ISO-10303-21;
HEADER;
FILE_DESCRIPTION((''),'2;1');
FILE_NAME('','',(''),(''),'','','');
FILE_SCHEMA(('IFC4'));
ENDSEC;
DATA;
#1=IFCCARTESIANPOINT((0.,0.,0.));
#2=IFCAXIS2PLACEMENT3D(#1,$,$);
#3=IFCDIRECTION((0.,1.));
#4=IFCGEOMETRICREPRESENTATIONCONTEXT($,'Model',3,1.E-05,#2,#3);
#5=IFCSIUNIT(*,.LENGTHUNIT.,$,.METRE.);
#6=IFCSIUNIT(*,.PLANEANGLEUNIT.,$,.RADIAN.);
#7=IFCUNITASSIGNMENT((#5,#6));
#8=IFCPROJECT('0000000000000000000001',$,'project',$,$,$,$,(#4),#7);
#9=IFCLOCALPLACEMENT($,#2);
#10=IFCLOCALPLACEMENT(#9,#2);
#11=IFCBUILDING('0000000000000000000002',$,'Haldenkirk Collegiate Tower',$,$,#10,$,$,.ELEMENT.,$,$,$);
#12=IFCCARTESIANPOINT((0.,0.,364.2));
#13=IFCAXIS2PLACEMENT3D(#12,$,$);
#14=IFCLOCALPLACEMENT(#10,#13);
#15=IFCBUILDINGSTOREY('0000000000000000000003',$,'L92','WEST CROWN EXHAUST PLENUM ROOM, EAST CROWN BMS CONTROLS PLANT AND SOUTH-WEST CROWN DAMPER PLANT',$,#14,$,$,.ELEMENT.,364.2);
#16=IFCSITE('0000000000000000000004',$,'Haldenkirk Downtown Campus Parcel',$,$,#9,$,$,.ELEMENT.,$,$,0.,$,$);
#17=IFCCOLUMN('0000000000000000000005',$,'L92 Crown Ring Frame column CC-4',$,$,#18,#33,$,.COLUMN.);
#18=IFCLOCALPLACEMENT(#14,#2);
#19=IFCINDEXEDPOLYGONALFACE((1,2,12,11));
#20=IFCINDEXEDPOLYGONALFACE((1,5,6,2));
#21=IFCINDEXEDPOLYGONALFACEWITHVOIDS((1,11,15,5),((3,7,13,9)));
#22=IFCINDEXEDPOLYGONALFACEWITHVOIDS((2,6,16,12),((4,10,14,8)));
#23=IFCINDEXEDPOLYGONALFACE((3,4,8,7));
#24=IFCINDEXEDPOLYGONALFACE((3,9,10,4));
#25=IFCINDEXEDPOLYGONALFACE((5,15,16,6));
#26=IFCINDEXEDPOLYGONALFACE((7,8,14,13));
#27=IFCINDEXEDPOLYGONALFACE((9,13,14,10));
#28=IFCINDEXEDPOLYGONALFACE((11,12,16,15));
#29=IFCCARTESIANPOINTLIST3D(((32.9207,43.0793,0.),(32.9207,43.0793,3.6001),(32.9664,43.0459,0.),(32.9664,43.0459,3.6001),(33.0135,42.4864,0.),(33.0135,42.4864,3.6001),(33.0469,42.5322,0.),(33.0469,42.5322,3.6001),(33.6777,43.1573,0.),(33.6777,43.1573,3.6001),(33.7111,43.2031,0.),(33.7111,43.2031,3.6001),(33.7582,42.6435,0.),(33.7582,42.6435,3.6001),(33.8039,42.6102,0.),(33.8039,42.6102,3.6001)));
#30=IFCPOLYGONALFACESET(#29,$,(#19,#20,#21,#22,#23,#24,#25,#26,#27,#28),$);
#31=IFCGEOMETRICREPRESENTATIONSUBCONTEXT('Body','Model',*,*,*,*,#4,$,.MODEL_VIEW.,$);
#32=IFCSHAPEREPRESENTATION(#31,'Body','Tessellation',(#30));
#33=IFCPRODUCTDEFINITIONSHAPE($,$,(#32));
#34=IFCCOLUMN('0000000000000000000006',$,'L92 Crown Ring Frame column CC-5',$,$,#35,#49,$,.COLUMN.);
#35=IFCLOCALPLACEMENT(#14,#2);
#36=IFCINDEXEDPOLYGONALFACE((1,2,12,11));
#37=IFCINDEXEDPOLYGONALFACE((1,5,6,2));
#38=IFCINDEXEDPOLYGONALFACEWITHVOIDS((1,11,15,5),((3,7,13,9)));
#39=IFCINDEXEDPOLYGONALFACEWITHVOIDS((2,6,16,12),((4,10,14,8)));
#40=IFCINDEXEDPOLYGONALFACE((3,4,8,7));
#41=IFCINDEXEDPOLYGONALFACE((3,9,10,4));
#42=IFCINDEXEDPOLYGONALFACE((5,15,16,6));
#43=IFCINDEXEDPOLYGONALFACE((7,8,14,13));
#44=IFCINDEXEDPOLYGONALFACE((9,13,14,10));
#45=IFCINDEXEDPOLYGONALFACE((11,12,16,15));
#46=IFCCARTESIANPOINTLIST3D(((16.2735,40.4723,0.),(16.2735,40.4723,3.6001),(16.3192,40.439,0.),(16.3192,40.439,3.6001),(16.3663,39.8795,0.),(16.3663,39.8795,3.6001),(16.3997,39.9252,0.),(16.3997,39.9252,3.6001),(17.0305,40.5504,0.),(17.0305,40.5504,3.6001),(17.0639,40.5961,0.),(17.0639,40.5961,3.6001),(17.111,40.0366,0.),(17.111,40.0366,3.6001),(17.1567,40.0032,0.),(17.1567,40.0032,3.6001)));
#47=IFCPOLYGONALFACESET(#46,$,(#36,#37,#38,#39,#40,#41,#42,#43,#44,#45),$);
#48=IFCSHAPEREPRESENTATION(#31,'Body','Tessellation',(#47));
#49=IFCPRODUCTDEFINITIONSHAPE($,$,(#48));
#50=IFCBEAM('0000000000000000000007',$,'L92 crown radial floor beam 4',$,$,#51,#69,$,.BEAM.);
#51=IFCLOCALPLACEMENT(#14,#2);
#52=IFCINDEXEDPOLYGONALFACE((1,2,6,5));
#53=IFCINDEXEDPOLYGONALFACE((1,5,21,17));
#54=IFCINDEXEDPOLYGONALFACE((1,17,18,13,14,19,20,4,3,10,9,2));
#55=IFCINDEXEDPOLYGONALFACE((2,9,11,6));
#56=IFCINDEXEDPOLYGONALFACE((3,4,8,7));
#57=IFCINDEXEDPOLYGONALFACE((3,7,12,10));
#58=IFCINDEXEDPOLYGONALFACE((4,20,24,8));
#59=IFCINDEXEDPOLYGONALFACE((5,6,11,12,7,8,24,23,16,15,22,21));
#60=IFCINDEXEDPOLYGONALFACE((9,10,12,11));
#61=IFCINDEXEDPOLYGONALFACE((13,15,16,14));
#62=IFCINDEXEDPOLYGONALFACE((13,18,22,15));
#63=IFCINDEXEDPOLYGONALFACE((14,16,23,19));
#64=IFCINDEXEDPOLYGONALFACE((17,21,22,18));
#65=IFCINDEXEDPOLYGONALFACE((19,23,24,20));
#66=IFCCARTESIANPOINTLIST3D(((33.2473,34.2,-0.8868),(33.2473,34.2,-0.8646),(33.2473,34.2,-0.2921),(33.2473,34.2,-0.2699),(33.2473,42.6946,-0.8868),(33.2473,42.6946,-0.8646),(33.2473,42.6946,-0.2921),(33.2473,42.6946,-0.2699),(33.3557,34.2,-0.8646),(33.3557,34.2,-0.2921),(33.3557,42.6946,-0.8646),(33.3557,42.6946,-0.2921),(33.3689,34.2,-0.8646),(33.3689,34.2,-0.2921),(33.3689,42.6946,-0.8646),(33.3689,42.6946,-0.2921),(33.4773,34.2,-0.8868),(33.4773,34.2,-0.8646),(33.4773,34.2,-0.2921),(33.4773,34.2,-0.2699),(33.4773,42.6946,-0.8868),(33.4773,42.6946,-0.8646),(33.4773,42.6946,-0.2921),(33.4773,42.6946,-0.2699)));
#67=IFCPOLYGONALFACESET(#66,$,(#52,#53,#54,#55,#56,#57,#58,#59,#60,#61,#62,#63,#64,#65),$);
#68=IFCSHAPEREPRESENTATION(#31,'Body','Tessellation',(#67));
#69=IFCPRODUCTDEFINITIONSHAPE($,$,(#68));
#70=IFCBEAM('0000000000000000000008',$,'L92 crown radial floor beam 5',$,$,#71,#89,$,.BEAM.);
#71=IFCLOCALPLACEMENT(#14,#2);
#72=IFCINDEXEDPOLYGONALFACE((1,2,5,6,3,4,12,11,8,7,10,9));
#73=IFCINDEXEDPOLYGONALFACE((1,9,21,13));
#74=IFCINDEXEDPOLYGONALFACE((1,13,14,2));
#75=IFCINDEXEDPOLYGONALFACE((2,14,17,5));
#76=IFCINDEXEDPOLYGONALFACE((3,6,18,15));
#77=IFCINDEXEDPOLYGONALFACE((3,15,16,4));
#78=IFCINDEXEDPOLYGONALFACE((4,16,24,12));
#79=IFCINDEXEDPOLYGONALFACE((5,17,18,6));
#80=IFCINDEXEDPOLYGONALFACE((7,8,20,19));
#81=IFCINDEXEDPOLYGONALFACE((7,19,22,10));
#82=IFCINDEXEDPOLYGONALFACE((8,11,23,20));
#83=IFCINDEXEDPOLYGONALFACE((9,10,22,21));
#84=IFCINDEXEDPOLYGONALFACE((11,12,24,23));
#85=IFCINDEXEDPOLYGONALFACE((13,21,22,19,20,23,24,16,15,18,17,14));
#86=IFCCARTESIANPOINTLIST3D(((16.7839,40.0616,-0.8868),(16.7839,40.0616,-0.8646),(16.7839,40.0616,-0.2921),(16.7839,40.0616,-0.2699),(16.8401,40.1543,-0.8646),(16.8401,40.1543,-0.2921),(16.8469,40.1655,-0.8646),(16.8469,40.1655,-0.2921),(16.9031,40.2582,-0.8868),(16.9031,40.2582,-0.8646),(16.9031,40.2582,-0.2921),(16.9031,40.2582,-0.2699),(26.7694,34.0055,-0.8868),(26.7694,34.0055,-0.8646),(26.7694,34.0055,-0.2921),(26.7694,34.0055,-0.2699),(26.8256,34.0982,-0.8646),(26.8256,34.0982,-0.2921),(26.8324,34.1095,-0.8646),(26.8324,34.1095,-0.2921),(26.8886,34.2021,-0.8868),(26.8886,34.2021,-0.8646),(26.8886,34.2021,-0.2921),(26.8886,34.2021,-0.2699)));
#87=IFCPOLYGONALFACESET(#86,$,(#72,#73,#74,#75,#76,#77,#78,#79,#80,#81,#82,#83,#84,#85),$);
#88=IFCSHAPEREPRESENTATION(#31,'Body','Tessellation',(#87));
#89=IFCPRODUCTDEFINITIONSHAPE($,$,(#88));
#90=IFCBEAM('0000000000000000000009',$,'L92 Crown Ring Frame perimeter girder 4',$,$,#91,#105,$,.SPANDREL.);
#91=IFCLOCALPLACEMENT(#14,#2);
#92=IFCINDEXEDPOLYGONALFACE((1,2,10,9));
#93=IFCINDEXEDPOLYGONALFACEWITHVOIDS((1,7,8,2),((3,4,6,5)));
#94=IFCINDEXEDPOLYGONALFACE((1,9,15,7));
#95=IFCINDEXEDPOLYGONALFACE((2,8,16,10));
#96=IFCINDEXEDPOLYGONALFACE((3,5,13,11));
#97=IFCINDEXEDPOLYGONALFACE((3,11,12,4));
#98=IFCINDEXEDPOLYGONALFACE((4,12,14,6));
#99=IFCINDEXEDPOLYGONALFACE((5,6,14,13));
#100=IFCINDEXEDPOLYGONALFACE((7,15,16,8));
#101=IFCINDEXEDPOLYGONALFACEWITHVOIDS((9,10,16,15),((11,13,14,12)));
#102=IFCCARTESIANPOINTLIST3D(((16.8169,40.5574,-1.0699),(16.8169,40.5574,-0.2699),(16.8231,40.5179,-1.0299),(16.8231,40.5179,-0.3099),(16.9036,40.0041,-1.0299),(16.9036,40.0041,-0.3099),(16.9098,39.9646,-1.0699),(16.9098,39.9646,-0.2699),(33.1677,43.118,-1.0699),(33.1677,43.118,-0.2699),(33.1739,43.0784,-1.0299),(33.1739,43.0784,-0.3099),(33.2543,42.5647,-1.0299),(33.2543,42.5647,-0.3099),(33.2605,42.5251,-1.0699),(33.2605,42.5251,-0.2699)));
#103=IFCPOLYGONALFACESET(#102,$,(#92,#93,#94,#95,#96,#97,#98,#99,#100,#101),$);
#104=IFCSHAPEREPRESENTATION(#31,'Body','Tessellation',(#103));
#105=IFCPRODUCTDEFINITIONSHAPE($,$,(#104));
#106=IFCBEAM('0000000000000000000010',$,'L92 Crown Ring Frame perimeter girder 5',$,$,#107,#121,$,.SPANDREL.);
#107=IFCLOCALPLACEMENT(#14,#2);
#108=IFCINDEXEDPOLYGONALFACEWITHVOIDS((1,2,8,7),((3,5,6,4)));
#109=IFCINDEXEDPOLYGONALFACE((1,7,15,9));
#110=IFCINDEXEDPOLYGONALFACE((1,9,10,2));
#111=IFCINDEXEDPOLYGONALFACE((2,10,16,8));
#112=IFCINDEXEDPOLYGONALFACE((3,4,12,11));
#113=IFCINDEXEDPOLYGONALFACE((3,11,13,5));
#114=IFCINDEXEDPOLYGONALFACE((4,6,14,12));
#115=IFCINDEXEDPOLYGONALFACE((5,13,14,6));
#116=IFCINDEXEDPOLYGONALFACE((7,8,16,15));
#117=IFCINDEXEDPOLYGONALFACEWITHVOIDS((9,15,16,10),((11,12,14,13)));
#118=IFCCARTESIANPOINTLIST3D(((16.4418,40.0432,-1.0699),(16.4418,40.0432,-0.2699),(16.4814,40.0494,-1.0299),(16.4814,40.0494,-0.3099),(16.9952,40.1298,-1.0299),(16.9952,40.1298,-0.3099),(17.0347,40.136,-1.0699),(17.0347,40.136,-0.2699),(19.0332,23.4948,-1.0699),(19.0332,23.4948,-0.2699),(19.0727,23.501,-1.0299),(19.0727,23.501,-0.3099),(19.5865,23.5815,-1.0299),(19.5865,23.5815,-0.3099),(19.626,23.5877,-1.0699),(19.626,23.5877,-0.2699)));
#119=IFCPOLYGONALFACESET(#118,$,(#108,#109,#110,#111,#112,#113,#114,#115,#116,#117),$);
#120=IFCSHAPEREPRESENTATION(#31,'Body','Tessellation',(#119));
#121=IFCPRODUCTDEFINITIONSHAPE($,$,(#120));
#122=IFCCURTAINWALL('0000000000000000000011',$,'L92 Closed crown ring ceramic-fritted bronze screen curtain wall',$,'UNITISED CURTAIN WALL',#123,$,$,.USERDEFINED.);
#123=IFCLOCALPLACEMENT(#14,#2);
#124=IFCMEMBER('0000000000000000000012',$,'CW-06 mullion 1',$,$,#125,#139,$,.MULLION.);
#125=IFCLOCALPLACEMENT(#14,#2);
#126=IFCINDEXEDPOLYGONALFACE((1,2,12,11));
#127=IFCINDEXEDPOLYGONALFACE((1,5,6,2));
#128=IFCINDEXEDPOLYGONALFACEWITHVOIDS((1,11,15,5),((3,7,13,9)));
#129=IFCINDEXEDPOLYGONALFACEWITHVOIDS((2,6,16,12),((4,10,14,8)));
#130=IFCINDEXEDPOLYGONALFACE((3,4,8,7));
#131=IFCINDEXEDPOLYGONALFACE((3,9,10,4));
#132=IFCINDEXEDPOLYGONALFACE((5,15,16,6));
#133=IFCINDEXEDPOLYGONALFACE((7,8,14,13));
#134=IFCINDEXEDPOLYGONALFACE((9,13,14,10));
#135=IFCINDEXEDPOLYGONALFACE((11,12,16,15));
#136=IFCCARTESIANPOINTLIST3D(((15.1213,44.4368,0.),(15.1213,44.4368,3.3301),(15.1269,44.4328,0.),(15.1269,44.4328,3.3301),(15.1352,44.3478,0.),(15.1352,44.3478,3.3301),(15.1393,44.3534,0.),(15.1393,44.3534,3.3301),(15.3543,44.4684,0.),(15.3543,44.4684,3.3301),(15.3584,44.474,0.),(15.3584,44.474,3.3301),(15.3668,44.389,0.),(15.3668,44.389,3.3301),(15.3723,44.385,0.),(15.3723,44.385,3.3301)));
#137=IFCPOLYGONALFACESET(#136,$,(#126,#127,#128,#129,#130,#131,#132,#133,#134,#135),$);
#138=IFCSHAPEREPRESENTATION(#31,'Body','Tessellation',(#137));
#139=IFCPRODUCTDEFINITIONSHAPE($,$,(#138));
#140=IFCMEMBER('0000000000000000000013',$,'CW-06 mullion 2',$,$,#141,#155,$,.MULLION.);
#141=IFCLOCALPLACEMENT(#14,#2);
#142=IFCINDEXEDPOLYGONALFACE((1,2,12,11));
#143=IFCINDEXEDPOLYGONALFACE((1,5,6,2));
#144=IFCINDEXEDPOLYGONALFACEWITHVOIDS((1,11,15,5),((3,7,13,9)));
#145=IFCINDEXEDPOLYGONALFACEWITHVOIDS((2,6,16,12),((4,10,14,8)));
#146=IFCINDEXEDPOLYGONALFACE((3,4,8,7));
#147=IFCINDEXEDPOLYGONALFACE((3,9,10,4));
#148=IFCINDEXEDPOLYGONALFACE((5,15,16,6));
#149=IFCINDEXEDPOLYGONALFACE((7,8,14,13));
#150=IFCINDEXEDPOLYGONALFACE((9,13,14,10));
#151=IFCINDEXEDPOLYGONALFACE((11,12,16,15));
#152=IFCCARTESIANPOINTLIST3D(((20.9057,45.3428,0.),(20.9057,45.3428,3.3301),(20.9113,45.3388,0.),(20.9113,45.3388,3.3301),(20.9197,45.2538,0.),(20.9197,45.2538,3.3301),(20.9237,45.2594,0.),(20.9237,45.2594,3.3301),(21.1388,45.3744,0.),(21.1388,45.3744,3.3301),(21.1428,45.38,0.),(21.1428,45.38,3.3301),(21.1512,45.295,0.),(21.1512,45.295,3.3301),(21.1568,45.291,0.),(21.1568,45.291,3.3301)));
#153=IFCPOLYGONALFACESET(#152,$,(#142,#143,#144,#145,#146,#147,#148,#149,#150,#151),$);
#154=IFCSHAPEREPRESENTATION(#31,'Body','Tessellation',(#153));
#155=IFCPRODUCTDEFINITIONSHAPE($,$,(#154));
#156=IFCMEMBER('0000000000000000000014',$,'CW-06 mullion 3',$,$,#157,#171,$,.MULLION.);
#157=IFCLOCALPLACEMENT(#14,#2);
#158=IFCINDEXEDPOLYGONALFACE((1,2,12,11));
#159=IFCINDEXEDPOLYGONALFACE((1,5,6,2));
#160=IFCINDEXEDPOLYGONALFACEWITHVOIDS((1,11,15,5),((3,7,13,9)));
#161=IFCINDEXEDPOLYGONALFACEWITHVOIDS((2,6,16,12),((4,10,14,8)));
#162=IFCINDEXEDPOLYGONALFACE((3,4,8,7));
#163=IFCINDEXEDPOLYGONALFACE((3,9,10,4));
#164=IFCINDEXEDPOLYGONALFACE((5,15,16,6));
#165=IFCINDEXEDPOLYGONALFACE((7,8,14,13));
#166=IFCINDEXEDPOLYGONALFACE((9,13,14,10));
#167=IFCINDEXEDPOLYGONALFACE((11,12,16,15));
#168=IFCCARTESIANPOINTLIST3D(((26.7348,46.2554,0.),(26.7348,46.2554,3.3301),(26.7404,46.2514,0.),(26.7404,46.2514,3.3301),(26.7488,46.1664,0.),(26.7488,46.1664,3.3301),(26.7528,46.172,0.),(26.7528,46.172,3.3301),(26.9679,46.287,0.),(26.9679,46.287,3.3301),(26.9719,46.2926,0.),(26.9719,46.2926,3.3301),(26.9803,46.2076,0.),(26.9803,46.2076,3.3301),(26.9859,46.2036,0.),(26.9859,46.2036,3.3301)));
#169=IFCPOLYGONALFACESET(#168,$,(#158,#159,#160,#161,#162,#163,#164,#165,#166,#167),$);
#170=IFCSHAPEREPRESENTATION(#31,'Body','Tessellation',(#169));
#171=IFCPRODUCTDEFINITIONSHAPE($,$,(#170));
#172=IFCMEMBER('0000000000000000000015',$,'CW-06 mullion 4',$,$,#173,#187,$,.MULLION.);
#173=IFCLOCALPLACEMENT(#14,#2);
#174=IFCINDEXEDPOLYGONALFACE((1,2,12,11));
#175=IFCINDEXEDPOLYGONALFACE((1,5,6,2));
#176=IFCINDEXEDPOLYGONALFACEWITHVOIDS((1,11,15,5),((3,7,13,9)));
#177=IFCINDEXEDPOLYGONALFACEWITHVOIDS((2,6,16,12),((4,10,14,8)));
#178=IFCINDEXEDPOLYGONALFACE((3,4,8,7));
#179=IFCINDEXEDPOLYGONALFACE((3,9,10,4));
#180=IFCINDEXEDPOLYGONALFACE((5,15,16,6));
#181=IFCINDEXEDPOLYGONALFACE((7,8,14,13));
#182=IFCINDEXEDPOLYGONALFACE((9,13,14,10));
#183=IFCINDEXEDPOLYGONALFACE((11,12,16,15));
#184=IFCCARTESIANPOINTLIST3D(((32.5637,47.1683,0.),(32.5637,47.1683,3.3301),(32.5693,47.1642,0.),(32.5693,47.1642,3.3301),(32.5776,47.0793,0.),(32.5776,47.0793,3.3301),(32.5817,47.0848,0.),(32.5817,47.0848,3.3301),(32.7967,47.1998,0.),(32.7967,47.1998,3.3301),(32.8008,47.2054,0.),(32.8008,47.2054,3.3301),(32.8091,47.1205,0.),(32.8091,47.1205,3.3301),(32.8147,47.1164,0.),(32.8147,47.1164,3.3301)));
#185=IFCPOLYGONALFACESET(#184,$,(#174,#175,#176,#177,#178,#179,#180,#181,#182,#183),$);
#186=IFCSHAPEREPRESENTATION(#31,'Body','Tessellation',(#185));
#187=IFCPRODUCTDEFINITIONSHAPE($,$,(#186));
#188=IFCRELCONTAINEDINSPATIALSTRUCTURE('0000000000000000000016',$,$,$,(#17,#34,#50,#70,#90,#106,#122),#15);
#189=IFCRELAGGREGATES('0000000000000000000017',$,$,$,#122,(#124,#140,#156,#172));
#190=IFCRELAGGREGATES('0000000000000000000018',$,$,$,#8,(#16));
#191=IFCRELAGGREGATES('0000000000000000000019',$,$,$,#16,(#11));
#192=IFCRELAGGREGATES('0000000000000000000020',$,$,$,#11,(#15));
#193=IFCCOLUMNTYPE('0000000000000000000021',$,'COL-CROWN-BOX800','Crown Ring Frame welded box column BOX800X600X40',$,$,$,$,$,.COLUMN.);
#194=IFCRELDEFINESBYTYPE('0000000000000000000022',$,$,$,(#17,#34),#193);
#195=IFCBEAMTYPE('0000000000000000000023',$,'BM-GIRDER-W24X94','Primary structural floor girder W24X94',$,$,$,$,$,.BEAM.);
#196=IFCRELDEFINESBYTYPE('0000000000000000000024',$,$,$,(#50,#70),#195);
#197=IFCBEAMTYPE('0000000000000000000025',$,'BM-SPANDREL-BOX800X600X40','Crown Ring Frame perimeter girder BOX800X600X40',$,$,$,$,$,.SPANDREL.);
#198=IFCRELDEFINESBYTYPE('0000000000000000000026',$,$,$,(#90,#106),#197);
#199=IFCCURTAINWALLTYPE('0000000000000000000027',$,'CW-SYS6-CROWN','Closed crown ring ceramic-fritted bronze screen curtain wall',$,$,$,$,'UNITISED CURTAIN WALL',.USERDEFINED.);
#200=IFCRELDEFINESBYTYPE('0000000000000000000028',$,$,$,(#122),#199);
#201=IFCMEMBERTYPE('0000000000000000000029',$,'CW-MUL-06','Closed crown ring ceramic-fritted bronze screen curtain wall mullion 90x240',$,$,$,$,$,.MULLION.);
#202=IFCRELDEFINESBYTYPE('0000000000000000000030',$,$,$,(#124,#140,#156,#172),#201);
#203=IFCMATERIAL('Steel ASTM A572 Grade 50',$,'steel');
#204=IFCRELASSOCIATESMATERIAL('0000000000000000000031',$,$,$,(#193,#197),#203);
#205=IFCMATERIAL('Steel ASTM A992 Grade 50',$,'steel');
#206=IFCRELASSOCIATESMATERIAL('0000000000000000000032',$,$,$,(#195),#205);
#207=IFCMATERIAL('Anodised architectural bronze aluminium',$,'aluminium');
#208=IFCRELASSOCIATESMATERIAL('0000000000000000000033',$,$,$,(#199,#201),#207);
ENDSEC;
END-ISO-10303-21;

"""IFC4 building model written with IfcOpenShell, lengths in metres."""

from ifc_helpers import new_model, si_unit, direction, frame, origin, origin_2d, place, context, subcontext, project, spatial, hollow_rectangle, i_section, extrude, material, material_profile, profile_set, type_object, element, aggregate, save


model = new_model("IFC4")

# Units and contexts
model_context = context("Model", 3, precision=1e-05, world=origin(), true_north=direction((0.0, 1.0)))
body_context = subcontext(model_context, "Body", "Model", "MODEL_VIEW")
ifc_project = project(units=[si_unit("LENGTHUNIT", "METRE"), si_unit("PLANEANGLEUNIT", "RADIAN")], contexts=[model_context])

# Site, building, storey
site_placement = place(None, origin())
site = spatial("IfcSite", under=ifc_project, at=site_placement, Name="Haldenkirk Downtown Campus Parcel", CompositionType="ELEMENT", RefElevation=0.0)
building_placement = place(site_placement, origin())
building = spatial("IfcBuilding", under=site, at=building_placement, Name="Haldenkirk Collegiate Tower", CompositionType="ELEMENT")
storey_placement = place(building_placement, frame((0.0, 0.0, 364.2)))
storey = spatial("IfcBuildingStorey", under=building, at=storey_placement, Name="L92", Description="WEST CROWN EXHAUST PLENUM ROOM, EAST CROWN BMS CONTROLS PLANT AND SOUTH-WEST CROWN DAMPER PLANT", CompositionType="ELEMENT", Elevation=364.2)

# Columns
ifc_material_1 = material(Name="Steel ASTM A572 Grade 50", Category="steel")
ifc_material_profile_1 = material_profile(ifc_material_1, hollow_rectangle(XDim=0.6001, YDim=0.8, WallThickness=0.04, at=origin_2d()), Name="BOX800X600X40")
ifc_profile_set_1 = profile_set([ifc_material_profile_1], Name="Steel ASTM A572 Grade 50")
column_type = type_object("IfcColumnType", Name="COL-CROWN-BOX800", Description="Crown Ring Frame welded box column BOX800X600X40", PredefinedType="COLUMN", material=ifc_profile_set_1)
for number, where, z_axis, x_axis, name in (
    (1, (33.3623, 42.8447, 0.0), (0.0, 0.0, 1.0), (-0.15471, 0.98796, 0.0), "L92 Crown Ring Frame column CC-4"),
    (2, (16.7151, 40.2378, 0.0), (0.0, 0.0, 1.0), (-0.15471, 0.98796, 0.0), "L92 Crown Ring Frame column CC-5"),
):
    element("IfcColumn", number, at=place(storey_placement, frame(where, z_axis=z_axis, x_axis=x_axis)), inside=storey, type_object=column_type, Name=name, PredefinedType="COLUMN", context=body_context, shape_type="SweptSolid", body=[
        extrude(hollow_rectangle(XDim=0.6001, YDim=0.8, WallThickness=0.04, at=origin_2d()), origin(), (0.0, 0.0, 1.0), 3.6001),
    ])

# Beams
ifc_material_2 = material(Name="Steel ASTM A992 Grade 50", Category="steel")
ifc_material_profile_2 = material_profile(ifc_material_2, i_section(OverallWidth=0.23, OverallDepth=0.6169, WebThickness=0.0132, FlangeThickness=0.0222, at=origin_2d()), Name="W24X94")
ifc_profile_set_2 = profile_set([ifc_material_profile_2], Name="Steel ASTM A992 Grade 50")
beam_type_1 = type_object("IfcBeamType", Name="BM-GIRDER-W24X94", Description="Primary structural floor girder W24X94", PredefinedType="BEAM", material=ifc_profile_set_2)
beam_1_placement = place(storey_placement, frame((33.3623, 42.6946, -0.5784), z_axis=(0.0, -1.0, 0.0), x_axis=(1.0, 0.0, 0.0)))
element("IfcBeam", 3, at=beam_1_placement, inside=storey, type_object=beam_type_1, Name="L92 crown radial floor beam 4", PredefinedType="BEAM", context=body_context, shape_type="SweptSolid", body=[
    extrude(i_section(OverallWidth=0.23, OverallDepth=0.6169, WebThickness=0.0132, FlangeThickness=0.0222, at=origin_2d()), origin(), (0.0, 0.0, 1.0), 8.4946),
])
beam_2_placement = place(storey_placement, frame((16.8435, 40.1599, -0.5784), z_axis=(0.855035, -0.518569, 0.0), x_axis=(0.518569, 0.855035, 0.0)))
element("IfcBeam", 4, at=beam_2_placement, inside=storey, type_object=beam_type_1, Name="L92 crown radial floor beam 5", PredefinedType="BEAM", context=body_context, shape_type="SweptSolid", body=[
    extrude(i_section(OverallWidth=0.23, OverallDepth=0.6169, WebThickness=0.0132, FlangeThickness=0.0222, at=origin_2d()), origin(), (0.0, 0.0, 1.0), 11.6785),
])
ifc_material_profile_3 = material_profile(ifc_material_1, hollow_rectangle(XDim=0.6001, YDim=0.8, WallThickness=0.04, at=origin_2d()), Name="BOX800X600X40")
ifc_profile_set_3 = profile_set([ifc_material_profile_3], Name="Steel ASTM A572 Grade 50")
beam_type_2 = type_object("IfcBeamType", Name="BM-SPANDREL-BOX800X600X40", Description="Crown Ring Frame perimeter girder BOX800X600X40", PredefinedType="SPANDREL", material=ifc_profile_set_3)
beam_3_placement = place(storey_placement, frame((33.2141, 42.8215, -0.6699), z_axis=(-0.987959, -0.154715, 0.0), x_axis=(0.154715, -0.987959, 0.0)))
element("IfcBeam", 5, at=beam_3_placement, inside=storey, type_object=beam_type_2, Name="L92 Crown Ring Frame perimeter girder 4", PredefinedType="SPANDREL", context=body_context, shape_type="SweptSolid", body=[
    extrude(hollow_rectangle(XDim=0.6001, YDim=0.8, WallThickness=0.04, at=origin_2d()), origin(), (0.0, 0.0, 1.0), 16.55),
])
beam_4_placement = place(storey_placement, frame((16.7383, 40.0896, -0.6699), z_axis=(0.154705, -0.987961, 0.0), x_axis=(0.987961, 0.154705, 0.0)))
element("IfcBeam", 6, at=beam_4_placement, inside=storey, type_object=beam_type_2, Name="L92 Crown Ring Frame perimeter girder 5", PredefinedType="SPANDREL", context=body_context, shape_type="SweptSolid", body=[
    extrude(hollow_rectangle(XDim=0.6001, YDim=0.8, WallThickness=0.04, at=origin_2d()), origin(), (0.0, 0.0, 1.0), 16.75),
])

# Curtain wall, members
ifc_material_3 = material(Name="Anodised architectural bronze aluminium", Category="aluminium")
curtain_wall_type = type_object("IfcCurtainWallType", Name="CW-SYS6-CROWN", Description="Closed crown ring ceramic-fritted bronze screen curtain wall", ElementType="UNITISED CURTAIN WALL", PredefinedType="USERDEFINED", material=ifc_material_3)
curtain_wall_1_placement = place(storey_placement, origin())
curtain_wall_1 = element("IfcCurtainWall", 7, at=curtain_wall_1_placement, inside=storey, type_object=curtain_wall_type, Name="L92 Closed crown ring ceramic-fritted bronze screen curtain wall", ObjectType="UNITISED CURTAIN WALL", PredefinedType="USERDEFINED")
ifc_material_profile_4 = material_profile(ifc_material_3, hollow_rectangle(XDim=0.0901, YDim=0.24, WallThickness=0.0049, at=origin_2d()), Name="CW-MUL-06")
ifc_profile_set_4 = profile_set([ifc_material_profile_4], Name="Anodised architectural bronze aluminium")
member_type_1 = type_object("IfcMemberType", Name="CW-MUL-06", Description="Closed crown ring ceramic-fritted bronze screen curtain wall mullion 90x240", PredefinedType="MULLION", material=ifc_profile_set_4)
member_1_placement = place(storey_placement, frame((15.2468, 44.4109, 0.0), z_axis=(0.0, 0.0, 1.0), x_axis=(-0.154709, 0.98796, 0.0)))
member_1 = element("IfcMember", 8, at=member_1_placement, type_object=member_type_1, Name="CW-06 mullion 1", PredefinedType="MULLION", context=body_context, shape_type="SweptSolid", body=[
    extrude(hollow_rectangle(XDim=0.0901, YDim=0.24, WallThickness=0.0049, at=origin_2d()), origin(), (0.0, 0.0, 1.0), 3.3301),
])
member_2_placement = place(storey_placement, frame((21.0312, 45.3169, 0.0), z_axis=(0.0, 0.0, 1.0), x_axis=(-0.154709, 0.98796, 0.0)))
member_2 = element("IfcMember", 9, at=member_2_placement, type_object=member_type_1, Name="CW-06 mullion 2", PredefinedType="MULLION", context=body_context, shape_type="SweptSolid", body=[
    extrude(hollow_rectangle(XDim=0.0901, YDim=0.24, WallThickness=0.0049, at=origin_2d()), origin(), (0.0, 0.0, 1.0), 3.3301),
])
member_3_placement = place(storey_placement, frame((26.8604, 46.2295, 0.0), z_axis=(0.0, 0.0, 1.0), x_axis=(-0.154709, 0.98796, 0.0)))
member_3 = element("IfcMember", 10, at=member_3_placement, type_object=member_type_1, Name="CW-06 mullion 3", PredefinedType="MULLION", context=body_context, shape_type="SweptSolid", body=[
    extrude(hollow_rectangle(XDim=0.0901, YDim=0.24, WallThickness=0.0049, at=origin_2d()), origin(), (0.0, 0.0, 1.0), 3.3301),
])
member_4_placement = place(storey_placement, frame((32.6892, 47.1423, 0.0), z_axis=(0.0, 0.0, 1.0), x_axis=(-0.154709, 0.98796, 0.0)))
member_4 = element("IfcMember", 11, at=member_4_placement, type_object=member_type_1, Name="CW-06 mullion 4", PredefinedType="MULLION", context=body_context, shape_type="SweptSolid", body=[
    extrude(hollow_rectangle(XDim=0.0901, YDim=0.24, WallThickness=0.0049, at=origin_2d()), origin(), (0.0, 0.0, 1.0), 3.3301),
])

aggregate(curtain_wall_1, [member_1, member_2, member_3, member_4])

save(model, "model.ifc")
